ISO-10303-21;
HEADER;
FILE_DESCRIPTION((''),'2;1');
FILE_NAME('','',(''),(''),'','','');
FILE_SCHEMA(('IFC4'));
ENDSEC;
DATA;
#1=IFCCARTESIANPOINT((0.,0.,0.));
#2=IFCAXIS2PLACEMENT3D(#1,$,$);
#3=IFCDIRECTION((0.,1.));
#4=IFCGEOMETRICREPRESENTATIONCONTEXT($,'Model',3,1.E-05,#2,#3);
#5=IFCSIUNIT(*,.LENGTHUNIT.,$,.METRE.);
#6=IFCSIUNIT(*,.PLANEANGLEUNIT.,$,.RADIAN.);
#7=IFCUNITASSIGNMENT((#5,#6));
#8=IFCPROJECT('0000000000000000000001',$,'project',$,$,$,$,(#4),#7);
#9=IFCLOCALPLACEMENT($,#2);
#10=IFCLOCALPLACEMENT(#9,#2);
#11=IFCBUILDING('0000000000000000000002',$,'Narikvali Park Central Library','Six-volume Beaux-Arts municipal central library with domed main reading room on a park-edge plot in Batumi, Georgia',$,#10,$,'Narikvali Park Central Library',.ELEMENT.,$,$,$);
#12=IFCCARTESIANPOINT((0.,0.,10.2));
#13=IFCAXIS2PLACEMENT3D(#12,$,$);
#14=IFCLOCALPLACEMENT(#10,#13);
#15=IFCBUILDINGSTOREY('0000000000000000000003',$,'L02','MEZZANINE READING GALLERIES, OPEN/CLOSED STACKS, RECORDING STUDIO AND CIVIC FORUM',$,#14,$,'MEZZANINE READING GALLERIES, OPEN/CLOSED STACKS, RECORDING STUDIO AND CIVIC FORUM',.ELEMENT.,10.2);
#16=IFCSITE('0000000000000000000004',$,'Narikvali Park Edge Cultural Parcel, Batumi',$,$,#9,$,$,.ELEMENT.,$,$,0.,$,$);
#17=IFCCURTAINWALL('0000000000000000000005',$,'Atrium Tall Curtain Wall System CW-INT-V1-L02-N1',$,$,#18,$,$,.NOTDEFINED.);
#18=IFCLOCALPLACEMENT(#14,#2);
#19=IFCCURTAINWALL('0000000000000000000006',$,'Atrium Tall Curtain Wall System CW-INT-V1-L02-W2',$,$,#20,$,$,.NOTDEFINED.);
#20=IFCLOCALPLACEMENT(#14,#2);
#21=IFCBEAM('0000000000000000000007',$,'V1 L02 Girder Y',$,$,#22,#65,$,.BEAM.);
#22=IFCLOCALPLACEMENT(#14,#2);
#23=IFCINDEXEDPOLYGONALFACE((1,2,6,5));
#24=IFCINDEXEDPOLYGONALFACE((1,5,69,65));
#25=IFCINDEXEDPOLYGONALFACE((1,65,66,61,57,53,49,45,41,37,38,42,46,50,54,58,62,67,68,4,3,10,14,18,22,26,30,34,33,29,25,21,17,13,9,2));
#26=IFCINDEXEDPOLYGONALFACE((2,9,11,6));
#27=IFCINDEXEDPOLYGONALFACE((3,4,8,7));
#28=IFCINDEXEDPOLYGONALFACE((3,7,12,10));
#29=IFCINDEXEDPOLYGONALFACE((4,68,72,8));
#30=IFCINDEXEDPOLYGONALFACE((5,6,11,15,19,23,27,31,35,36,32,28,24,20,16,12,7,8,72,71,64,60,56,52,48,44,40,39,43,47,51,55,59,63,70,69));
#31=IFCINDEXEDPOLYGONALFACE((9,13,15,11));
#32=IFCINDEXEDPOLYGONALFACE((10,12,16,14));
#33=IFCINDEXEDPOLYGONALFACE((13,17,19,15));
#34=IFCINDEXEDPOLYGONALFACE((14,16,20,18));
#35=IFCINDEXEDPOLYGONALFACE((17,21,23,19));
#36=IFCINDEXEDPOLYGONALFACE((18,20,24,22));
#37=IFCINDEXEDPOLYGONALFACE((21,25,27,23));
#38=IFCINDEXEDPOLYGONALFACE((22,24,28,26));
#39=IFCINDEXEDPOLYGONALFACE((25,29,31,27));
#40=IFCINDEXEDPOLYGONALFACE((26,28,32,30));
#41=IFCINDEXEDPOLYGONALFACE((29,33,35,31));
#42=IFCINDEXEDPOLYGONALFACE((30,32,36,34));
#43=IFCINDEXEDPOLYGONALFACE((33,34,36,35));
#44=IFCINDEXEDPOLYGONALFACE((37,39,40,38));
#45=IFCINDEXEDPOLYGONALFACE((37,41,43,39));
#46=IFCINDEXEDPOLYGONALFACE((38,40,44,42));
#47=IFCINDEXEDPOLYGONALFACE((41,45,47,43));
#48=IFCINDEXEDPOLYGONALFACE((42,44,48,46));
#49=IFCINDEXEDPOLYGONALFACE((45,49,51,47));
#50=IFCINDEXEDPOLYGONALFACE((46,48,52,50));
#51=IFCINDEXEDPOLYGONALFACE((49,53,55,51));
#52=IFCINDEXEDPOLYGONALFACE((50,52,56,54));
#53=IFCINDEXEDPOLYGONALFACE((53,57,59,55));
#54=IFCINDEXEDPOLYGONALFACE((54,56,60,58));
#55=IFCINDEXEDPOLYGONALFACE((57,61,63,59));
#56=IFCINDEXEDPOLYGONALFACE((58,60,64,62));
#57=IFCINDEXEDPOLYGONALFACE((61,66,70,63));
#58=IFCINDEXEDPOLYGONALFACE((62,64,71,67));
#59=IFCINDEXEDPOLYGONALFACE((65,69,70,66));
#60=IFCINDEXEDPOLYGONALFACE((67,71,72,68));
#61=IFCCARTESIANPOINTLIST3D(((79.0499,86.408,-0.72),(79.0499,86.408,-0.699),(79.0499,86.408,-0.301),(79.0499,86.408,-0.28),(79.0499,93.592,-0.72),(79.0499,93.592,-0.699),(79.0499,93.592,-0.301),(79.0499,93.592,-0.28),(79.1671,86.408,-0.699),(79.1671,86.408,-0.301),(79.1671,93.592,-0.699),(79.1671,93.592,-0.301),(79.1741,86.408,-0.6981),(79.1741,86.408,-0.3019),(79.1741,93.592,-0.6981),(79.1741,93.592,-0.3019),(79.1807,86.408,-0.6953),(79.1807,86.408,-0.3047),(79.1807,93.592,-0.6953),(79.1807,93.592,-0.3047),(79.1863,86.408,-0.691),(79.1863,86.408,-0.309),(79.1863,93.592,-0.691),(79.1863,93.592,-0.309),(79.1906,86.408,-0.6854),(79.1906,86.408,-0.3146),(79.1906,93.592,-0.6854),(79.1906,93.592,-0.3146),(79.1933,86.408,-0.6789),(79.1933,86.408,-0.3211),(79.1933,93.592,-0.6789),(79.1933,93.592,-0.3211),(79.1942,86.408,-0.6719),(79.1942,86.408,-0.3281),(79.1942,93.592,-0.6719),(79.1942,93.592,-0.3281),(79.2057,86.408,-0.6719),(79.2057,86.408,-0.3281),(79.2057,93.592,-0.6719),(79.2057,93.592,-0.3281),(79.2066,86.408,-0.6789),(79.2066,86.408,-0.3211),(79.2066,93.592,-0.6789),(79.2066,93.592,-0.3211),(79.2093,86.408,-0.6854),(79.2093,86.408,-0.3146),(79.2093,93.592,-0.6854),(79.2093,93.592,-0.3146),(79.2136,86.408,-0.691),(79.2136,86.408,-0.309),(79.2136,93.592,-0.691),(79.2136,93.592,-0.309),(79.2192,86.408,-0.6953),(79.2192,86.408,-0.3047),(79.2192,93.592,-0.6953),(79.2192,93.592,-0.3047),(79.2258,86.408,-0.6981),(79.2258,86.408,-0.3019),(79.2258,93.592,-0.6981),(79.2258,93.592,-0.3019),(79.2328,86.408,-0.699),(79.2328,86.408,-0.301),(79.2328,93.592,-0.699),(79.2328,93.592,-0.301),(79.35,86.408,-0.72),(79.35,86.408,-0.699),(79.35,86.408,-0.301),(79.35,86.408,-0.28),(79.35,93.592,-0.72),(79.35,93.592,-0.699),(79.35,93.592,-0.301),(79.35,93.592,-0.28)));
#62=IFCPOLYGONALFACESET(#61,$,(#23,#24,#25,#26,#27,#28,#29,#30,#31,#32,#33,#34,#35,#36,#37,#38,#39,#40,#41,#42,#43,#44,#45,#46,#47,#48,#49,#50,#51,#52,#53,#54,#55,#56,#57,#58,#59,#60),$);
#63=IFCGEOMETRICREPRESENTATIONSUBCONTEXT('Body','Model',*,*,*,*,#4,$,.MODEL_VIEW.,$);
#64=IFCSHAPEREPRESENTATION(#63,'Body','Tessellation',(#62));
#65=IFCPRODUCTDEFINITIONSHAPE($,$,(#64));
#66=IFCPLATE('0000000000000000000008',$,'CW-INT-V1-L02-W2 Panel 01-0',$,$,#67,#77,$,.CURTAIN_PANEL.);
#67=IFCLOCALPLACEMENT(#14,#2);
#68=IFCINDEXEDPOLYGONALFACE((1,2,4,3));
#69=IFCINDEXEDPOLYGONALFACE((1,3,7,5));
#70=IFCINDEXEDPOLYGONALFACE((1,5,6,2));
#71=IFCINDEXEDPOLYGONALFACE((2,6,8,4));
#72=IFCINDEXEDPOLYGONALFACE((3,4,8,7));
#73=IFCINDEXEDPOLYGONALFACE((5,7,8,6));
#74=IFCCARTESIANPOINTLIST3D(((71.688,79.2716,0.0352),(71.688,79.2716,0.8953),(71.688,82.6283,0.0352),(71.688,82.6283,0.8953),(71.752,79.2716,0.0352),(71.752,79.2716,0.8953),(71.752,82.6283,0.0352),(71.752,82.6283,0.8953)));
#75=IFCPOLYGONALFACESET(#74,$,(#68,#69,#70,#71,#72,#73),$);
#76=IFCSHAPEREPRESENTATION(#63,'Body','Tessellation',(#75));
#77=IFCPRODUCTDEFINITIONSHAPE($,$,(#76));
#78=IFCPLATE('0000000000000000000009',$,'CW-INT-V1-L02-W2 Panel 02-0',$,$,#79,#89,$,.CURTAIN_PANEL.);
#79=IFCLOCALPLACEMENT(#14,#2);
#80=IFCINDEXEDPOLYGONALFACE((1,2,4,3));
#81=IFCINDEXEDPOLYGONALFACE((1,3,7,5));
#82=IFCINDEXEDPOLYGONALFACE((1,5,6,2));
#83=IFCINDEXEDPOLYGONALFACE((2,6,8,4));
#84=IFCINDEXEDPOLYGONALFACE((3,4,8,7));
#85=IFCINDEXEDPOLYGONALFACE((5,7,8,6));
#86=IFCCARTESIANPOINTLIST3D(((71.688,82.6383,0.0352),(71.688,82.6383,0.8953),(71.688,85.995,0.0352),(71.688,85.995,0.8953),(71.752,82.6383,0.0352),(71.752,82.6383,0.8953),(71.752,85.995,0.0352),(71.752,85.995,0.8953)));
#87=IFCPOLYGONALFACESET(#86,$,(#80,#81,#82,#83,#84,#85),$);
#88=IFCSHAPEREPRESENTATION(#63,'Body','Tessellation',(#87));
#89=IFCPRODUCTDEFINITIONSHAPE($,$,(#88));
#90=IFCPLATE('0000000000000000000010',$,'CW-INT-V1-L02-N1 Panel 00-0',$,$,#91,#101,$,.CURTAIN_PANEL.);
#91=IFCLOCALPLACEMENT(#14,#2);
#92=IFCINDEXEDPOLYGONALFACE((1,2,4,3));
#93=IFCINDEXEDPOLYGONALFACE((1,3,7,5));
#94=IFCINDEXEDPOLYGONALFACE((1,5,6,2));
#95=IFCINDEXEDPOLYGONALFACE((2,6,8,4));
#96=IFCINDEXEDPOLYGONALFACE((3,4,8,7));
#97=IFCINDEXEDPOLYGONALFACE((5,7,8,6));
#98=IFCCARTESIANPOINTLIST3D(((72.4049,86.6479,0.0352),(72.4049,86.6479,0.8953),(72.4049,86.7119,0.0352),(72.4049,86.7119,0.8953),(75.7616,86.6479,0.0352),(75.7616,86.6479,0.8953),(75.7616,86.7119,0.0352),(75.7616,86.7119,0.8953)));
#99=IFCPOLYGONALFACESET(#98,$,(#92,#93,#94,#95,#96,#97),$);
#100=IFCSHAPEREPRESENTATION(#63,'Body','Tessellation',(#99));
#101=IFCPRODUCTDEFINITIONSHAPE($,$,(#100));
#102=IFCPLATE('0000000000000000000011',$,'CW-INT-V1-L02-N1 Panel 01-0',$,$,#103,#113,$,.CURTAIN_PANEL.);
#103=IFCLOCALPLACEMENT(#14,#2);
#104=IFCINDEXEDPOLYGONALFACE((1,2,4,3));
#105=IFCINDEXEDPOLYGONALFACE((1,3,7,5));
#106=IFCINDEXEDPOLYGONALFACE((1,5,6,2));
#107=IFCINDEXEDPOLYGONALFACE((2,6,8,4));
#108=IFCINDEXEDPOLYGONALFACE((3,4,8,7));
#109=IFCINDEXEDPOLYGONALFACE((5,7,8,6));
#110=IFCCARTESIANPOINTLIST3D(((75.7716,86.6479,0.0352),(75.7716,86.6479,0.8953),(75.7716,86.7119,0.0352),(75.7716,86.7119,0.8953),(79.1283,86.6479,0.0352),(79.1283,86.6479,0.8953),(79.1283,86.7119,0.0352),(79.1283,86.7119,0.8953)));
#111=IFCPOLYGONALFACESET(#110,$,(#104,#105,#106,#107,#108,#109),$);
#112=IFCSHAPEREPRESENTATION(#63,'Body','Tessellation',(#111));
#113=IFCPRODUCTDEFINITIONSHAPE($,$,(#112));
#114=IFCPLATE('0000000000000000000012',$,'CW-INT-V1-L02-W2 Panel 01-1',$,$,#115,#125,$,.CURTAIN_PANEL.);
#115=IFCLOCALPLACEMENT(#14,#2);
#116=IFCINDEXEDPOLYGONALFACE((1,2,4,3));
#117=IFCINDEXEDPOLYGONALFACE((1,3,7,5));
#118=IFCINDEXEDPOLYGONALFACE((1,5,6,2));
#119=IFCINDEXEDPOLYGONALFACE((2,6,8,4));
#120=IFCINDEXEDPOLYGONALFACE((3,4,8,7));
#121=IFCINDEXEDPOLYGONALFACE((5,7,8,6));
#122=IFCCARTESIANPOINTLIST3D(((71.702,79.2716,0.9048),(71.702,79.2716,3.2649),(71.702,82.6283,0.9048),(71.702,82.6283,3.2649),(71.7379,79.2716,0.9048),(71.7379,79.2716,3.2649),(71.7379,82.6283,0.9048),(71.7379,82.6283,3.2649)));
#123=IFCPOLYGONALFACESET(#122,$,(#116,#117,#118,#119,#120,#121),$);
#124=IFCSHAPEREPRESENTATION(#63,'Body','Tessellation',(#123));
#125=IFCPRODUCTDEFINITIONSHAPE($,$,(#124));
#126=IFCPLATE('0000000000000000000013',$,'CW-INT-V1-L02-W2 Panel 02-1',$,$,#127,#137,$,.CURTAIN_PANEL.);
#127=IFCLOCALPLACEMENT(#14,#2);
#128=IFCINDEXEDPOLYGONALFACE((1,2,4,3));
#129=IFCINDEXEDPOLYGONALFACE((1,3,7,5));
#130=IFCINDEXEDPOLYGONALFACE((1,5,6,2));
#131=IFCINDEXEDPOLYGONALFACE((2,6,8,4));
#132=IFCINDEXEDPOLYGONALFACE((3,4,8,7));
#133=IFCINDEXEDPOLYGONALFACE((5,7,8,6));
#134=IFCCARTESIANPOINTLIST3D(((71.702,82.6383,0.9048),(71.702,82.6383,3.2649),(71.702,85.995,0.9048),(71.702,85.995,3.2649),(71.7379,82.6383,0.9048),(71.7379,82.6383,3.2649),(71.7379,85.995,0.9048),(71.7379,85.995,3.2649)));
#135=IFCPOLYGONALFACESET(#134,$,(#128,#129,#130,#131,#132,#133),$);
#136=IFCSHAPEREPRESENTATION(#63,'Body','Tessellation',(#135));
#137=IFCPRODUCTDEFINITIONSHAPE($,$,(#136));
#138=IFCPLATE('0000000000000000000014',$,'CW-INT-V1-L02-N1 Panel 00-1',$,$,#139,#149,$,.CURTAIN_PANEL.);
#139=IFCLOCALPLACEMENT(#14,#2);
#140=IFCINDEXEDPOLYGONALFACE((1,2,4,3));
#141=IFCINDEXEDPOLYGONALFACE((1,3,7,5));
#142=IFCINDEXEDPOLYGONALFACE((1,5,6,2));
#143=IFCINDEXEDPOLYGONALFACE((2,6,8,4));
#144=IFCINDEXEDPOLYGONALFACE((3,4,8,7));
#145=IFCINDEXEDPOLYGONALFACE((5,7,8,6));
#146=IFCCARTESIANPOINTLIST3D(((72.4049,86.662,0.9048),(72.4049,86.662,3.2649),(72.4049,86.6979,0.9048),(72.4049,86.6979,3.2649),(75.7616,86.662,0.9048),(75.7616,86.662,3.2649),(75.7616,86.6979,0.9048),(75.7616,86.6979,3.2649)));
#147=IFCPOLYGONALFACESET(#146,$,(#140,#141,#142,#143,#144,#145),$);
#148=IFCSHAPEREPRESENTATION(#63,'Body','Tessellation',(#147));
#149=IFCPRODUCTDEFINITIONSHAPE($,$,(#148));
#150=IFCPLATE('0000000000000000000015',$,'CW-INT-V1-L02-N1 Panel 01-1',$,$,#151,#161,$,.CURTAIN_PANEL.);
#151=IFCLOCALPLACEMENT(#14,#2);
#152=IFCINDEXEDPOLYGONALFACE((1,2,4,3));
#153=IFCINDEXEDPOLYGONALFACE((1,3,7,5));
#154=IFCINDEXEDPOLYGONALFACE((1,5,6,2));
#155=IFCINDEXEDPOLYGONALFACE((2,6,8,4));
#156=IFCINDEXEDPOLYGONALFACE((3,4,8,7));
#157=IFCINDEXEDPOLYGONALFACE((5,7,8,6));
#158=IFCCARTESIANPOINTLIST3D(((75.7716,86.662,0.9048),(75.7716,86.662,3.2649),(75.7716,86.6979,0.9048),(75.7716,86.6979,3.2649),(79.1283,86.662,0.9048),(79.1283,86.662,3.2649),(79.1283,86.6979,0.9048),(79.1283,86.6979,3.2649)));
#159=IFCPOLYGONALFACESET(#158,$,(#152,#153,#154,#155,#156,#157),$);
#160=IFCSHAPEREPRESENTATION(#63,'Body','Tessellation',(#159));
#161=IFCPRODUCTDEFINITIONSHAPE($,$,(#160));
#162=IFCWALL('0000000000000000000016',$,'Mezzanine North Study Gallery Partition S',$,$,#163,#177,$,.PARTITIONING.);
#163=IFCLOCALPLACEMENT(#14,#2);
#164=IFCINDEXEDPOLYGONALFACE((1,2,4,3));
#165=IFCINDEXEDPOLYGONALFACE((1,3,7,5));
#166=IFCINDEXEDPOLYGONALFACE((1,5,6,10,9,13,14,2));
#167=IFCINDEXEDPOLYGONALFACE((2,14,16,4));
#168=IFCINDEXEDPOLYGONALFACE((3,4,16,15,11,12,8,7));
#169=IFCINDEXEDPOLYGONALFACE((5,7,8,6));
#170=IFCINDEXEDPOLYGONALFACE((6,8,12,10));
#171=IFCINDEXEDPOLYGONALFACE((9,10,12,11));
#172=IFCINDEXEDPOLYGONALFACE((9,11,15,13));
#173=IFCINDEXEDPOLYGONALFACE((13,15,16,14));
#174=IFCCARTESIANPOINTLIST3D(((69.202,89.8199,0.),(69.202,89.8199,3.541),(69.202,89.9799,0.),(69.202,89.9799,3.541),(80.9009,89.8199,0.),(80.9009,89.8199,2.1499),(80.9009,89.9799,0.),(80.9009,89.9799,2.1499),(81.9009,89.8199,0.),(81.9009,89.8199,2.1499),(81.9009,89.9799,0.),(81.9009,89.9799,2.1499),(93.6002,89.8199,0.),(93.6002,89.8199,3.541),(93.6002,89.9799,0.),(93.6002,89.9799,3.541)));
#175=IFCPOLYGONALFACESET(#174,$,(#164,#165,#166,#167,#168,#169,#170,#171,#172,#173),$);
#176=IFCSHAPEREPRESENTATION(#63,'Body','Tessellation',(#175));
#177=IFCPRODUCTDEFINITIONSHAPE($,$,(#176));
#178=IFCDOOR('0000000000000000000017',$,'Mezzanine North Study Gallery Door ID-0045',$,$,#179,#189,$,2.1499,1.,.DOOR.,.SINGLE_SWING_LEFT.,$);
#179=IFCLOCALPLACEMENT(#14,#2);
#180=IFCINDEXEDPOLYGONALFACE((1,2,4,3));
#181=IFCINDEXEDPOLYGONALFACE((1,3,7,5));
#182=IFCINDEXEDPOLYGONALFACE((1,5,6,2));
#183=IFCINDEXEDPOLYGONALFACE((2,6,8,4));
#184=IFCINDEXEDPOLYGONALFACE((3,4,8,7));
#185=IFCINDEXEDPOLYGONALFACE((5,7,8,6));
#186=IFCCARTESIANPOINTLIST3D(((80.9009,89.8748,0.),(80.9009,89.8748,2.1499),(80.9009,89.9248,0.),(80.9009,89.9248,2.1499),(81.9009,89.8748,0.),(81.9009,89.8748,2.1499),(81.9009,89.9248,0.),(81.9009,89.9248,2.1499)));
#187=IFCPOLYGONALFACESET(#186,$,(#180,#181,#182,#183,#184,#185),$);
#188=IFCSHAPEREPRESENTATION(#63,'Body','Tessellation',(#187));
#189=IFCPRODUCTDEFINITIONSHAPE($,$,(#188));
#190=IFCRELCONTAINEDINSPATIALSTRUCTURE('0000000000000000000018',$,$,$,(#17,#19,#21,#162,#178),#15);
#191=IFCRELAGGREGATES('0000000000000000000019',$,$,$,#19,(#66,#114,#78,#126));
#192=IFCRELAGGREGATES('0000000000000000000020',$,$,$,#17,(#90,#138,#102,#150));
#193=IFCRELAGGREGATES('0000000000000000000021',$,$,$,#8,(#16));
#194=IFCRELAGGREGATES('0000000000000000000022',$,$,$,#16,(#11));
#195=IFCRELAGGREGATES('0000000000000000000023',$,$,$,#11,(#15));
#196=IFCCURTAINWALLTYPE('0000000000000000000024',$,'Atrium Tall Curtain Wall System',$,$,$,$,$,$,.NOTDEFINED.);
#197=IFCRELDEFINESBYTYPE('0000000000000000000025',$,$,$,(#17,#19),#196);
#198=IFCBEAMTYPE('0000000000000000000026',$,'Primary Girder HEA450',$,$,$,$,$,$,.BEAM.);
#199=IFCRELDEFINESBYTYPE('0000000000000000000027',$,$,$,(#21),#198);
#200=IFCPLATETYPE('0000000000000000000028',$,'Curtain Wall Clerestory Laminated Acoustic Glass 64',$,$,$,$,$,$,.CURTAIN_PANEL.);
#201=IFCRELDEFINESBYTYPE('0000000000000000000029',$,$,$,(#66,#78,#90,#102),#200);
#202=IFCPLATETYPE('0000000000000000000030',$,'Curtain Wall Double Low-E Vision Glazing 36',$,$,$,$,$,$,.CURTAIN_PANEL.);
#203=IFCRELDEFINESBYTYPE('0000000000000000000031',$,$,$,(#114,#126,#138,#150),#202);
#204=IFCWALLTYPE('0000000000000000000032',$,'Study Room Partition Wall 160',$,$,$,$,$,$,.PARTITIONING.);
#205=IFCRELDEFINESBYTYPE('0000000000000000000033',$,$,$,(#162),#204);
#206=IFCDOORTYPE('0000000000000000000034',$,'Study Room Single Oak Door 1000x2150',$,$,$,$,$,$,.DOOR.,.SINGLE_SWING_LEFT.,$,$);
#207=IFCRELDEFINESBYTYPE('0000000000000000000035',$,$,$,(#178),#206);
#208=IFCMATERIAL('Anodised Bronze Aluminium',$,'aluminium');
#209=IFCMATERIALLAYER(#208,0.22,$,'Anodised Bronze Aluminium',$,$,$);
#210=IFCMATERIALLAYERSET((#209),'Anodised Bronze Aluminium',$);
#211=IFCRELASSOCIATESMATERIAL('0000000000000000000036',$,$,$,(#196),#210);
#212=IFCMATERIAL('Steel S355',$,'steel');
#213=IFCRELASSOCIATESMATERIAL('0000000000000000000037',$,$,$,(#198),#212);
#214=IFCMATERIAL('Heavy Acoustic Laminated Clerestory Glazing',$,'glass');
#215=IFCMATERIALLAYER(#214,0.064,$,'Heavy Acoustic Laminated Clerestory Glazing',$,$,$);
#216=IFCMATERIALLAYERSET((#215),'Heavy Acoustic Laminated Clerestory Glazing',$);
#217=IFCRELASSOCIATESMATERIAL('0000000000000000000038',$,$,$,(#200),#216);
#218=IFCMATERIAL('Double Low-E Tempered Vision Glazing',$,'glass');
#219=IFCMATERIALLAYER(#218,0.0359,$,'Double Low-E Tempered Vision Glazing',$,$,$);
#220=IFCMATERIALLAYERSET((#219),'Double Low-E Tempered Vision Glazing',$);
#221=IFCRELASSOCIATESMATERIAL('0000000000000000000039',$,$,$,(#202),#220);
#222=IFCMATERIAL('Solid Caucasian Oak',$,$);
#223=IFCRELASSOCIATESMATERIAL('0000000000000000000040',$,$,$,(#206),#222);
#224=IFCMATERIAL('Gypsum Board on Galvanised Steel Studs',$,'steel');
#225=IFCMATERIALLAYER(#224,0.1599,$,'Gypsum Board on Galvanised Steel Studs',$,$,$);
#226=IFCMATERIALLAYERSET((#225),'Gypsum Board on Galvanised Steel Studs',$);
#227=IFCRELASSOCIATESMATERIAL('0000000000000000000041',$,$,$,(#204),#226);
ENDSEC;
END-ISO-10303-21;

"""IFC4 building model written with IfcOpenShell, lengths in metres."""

from ifc_helpers import new_model, si_unit, direction, frame, frame_2d, origin, origin_2d, place, context, subcontext, project, spatial, rectangle, i_section, extrude, material, layer, layer_set, material_profile, profile_set, type_object, element, fill, aggregate, save


model = new_model("IFC4")

# Units and contexts
model_context = context("Model", 3, precision=1e-05, world=origin(), true_north=direction((0.0, 1.0)))
body_context = subcontext(model_context, "Body", "Model", "MODEL_VIEW")
ifc_project = project(units=[si_unit("LENGTHUNIT", "METRE"), si_unit("PLANEANGLEUNIT", "RADIAN")], contexts=[model_context])

# Site, building, storey
site_placement = place(None, origin())
site = spatial("IfcSite", under=ifc_project, at=site_placement, Name="Narikvali Park Edge Cultural Parcel, Batumi", CompositionType="ELEMENT", RefElevation=0.0)
building_placement = place(site_placement, origin())
building = spatial("IfcBuilding", under=site, at=building_placement, Name="Narikvali Park Central Library", Description="Six-volume Beaux-Arts municipal central library with domed main reading room on a park-edge plot in Batumi, Georgia", LongName="Narikvali Park Central Library", CompositionType="ELEMENT")
storey_placement = place(building_placement, frame((0.0, 0.0, 10.2)))
storey = spatial("IfcBuildingStorey", under=building, at=storey_placement, Name="L02", Description="MEZZANINE READING GALLERIES, OPEN/CLOSED STACKS, RECORDING STUDIO AND CIVIC FORUM", LongName="MEZZANINE READING GALLERIES, OPEN/CLOSED STACKS, RECORDING STUDIO AND CIVIC FORUM", CompositionType="ELEMENT", Elevation=10.2)

# Shared definitions
ifc_material_1 = material(Name="Steel S355", Category="steel")

# Curtain walls
ifc_material_2 = material(Name="Anodised Bronze Aluminium", Category="aluminium")
ifc_layer_1 = layer(ifc_material_2, 0.22, Name="Anodised Bronze Aluminium")
ifc_layer_set_1 = layer_set([ifc_layer_1], Name="Anodised Bronze Aluminium")
curtain_wall_type = type_object("IfcCurtainWallType", Name="Atrium Tall Curtain Wall System", PredefinedType="NOTDEFINED", material=ifc_layer_set_1)
curtain_wall_1_placement = place(storey_placement, origin())
curtain_wall_1 = element("IfcCurtainWall", 1, at=curtain_wall_1_placement, inside=storey, type_object=curtain_wall_type, Name="Atrium Tall Curtain Wall System CW-INT-V1-L02-N1", PredefinedType="NOTDEFINED")
curtain_wall_2_placement = place(storey_placement, origin())
curtain_wall_2 = element("IfcCurtainWall", 2, at=curtain_wall_2_placement, inside=storey, type_object=curtain_wall_type, Name="Atrium Tall Curtain Wall System CW-INT-V1-L02-W2", PredefinedType="NOTDEFINED")

# Beam
ifc_material_profile_1 = material_profile(ifc_material_1, i_section(OverallWidth=0.3, OverallDepth=0.4399, WebThickness=0.0115, FlangeThickness=0.021, FilletRadius=0.0271, at=origin_2d()), Name="HEA 450")
ifc_profile_set_1 = profile_set([ifc_material_profile_1], Name="Steel S355")
beam_type_1 = type_object("IfcBeamType", Name="Primary Girder HEA450", PredefinedType="BEAM", material=ifc_profile_set_1)
for number, where, z_axis, x_axis, name in (
    (3, (79.2, 86.408, -0.5), (0.0, 1.0, 0.0), (-1.0, 0.0, 0.0), "V1 L02 Girder Y"),
):
    element("IfcBeam", number, at=place(storey_placement, frame(where, z_axis=z_axis, x_axis=x_axis)), inside=storey, type_object=beam_type_1, Name=name, PredefinedType="BEAM", context=body_context, shape_type="SweptSolid", body=[
        extrude(i_section(OverallWidth=0.3, OverallDepth=0.4399, WebThickness=0.0115, FlangeThickness=0.021, FilletRadius=0.0271, at=origin_2d()), origin(), (0.0, 0.0, 1.0), 7.1841),
    ])

# Plates
ifc_material_3 = material(Name="Heavy Acoustic Laminated Clerestory Glazing", Category="glass")
ifc_layer_2 = layer(ifc_material_3, 0.064, Name="Heavy Acoustic Laminated Clerestory Glazing")
ifc_layer_set_2 = layer_set([ifc_layer_2], Name="Heavy Acoustic Laminated Clerestory Glazing")
plate_type_1 = type_object("IfcPlateType", Name="Curtain Wall Clerestory Laminated Acoustic Glass 64", PredefinedType="CURTAIN_PANEL", material=ifc_layer_set_2)
plate_1_placement = place(storey_placement, frame((71.72, 80.95, 0.0352), z_axis=(0.0, 0.0, 1.0), x_axis=(0.0, 1.0, 0.0)))
plate_1 = element("IfcPlate", 4, at=plate_1_placement, type_object=plate_type_1, Name="CW-INT-V1-L02-W2 Panel 01-0", PredefinedType="CURTAIN_PANEL", context=body_context, shape_type="SweptSolid", body=[
    extrude(rectangle(XDim=3.3567, YDim=0.064, at=origin_2d()), origin(), (0.0, 0.0, 1.0), 0.8601),
])
plate_2_placement = place(storey_placement, frame((71.72, 84.3167, 0.0352), z_axis=(0.0, 0.0, 1.0), x_axis=(0.0, 1.0, 0.0)))
plate_2 = element("IfcPlate", 5, at=plate_2_placement, type_object=plate_type_1, Name="CW-INT-V1-L02-W2 Panel 02-0", PredefinedType="CURTAIN_PANEL", context=body_context, shape_type="SweptSolid", body=[
    extrude(rectangle(XDim=3.3567, YDim=0.064, at=origin_2d()), origin(), (0.0, 0.0, 1.0), 0.8601),
])
plate_3_placement = place(storey_placement, frame((74.0833, 86.6799, 0.0352), z_axis=(0.0, 0.0, 1.0), x_axis=(1.0, 0.0, 0.0)))
plate_3 = element("IfcPlate", 6, at=plate_3_placement, type_object=plate_type_1, Name="CW-INT-V1-L02-N1 Panel 00-0", PredefinedType="CURTAIN_PANEL", context=body_context, shape_type="SweptSolid", body=[
    extrude(rectangle(XDim=3.3567, YDim=0.064, at=origin_2d()), origin(), (0.0, 0.0, 1.0), 0.8601),
])
plate_4_placement = place(storey_placement, frame((77.45, 86.6799, 0.0352), z_axis=(0.0, 0.0, 1.0), x_axis=(1.0, 0.0, 0.0)))
plate_4 = element("IfcPlate", 7, at=plate_4_placement, type_object=plate_type_1, Name="CW-INT-V1-L02-N1 Panel 01-0", PredefinedType="CURTAIN_PANEL", context=body_context, shape_type="SweptSolid", body=[
    extrude(rectangle(XDim=3.3567, YDim=0.064, at=origin_2d()), origin(), (0.0, 0.0, 1.0), 0.8601),
])
ifc_material_4 = material(Name="Double Low-E Tempered Vision Glazing", Category="glass")
ifc_layer_3 = layer(ifc_material_4, 0.0359, Name="Double Low-E Tempered Vision Glazing")
ifc_layer_set_3 = layer_set([ifc_layer_3], Name="Double Low-E Tempered Vision Glazing")
plate_type_2 = type_object("IfcPlateType", Name="Curtain Wall Double Low-E Vision Glazing 36", PredefinedType="CURTAIN_PANEL", material=ifc_layer_set_3)
plate_5_placement = place(storey_placement, frame((71.72, 80.95, 0.9048), z_axis=(0.0, 0.0, 1.0), x_axis=(0.0, 1.0, 0.0)))
plate_5 = element("IfcPlate", 8, at=plate_5_placement, type_object=plate_type_2, Name="CW-INT-V1-L02-W2 Panel 01-1", PredefinedType="CURTAIN_PANEL", context=body_context, shape_type="SweptSolid", body=[
    extrude(rectangle(XDim=3.3567, YDim=0.0359, at=origin_2d()), origin(), (0.0, 0.0, 1.0), 2.3601),
])
plate_6_placement = place(storey_placement, frame((71.72, 84.3167, 0.9048), z_axis=(0.0, 0.0, 1.0), x_axis=(0.0, 1.0, 0.0)))
plate_6 = element("IfcPlate", 9, at=plate_6_placement, type_object=plate_type_2, Name="CW-INT-V1-L02-W2 Panel 02-1", PredefinedType="CURTAIN_PANEL", context=body_context, shape_type="SweptSolid", body=[
    extrude(rectangle(XDim=3.3567, YDim=0.0359, at=origin_2d()), origin(), (0.0, 0.0, 1.0), 2.3601),
])
aggregate(curtain_wall_2, [plate_1, plate_5, plate_2, plate_6])
plate_7_placement = place(storey_placement, frame((74.0833, 86.6799, 0.9048), z_axis=(0.0, 0.0, 1.0), x_axis=(1.0, 0.0, 0.0)))
plate_7 = element("IfcPlate", 10, at=plate_7_placement, type_object=plate_type_2, Name="CW-INT-V1-L02-N1 Panel 00-1", PredefinedType="CURTAIN_PANEL", context=body_context, shape_type="SweptSolid", body=[
    extrude(rectangle(XDim=3.3567, YDim=0.0359, at=origin_2d()), origin(), (0.0, 0.0, 1.0), 2.3601),
])
plate_8_placement = place(storey_placement, frame((77.45, 86.6799, 0.9048), z_axis=(0.0, 0.0, 1.0), x_axis=(1.0, 0.0, 0.0)))
plate_8 = element("IfcPlate", 11, at=plate_8_placement, type_object=plate_type_2, Name="CW-INT-V1-L02-N1 Panel 01-1", PredefinedType="CURTAIN_PANEL", context=body_context, shape_type="SweptSolid", body=[
    extrude(rectangle(XDim=3.3567, YDim=0.0359, at=origin_2d()), origin(), (0.0, 0.0, 1.0), 2.3601),
])
aggregate(curtain_wall_1, [plate_3, plate_7, plate_4, plate_8])

# Wall, opening, door
ifc_material_5 = material(Name="Solid Caucasian Oak")
door_type = type_object("IfcDoorType", Name="Study Room Single Oak Door 1000x2150", OperationType="SINGLE_SWING_LEFT", PredefinedType="DOOR", material=ifc_material_5)
ifc_material_6 = material(Name="Gypsum Board on Galvanised Steel Studs", Category="steel")
ifc_layer_4 = layer(ifc_material_6, 0.1599, Name="Gypsum Board on Galvanised Steel Studs")
ifc_layer_set_4 = layer_set([ifc_layer_4], Name="Gypsum Board on Galvanised Steel Studs")
wall_type_1 = type_object("IfcWallType", Name="Study Room Partition Wall 160", PredefinedType="PARTITIONING", material=ifc_layer_set_4)
wall_1_placement = place(storey_placement, frame((69.2019, 89.8999, 0.0), z_axis=(0.0, 0.0, 1.0), x_axis=(1.0, 0.0, 0.0)))
wall_1 = element("IfcWall", 12, at=wall_1_placement, inside=storey, type_object=wall_type_1, Name="Mezzanine North Study Gallery Partition S", PredefinedType="PARTITIONING", context=body_context, shape_type="SweptSolid", body=[
    extrude(rectangle(XDim=24.3982, YDim=0.1599, at=frame_2d((12.1992, 0.0))), origin(), (0.0, 0.0, 1.0), 3.541),
])
opening_1_placement = place(wall_1_placement, frame((11.699, 0.0, 0.0)))
opening_1 = element("IfcOpeningElement", 13, at=opening_1_placement, cuts=wall_1, PredefinedType="OPENING", context=body_context, shape_type="SweptSolid", body=[
    extrude(rectangle(XDim=1.0, YDim=2.1499, at=frame_2d((0.5, 1.075))), frame((0.0, 0.0918, 0.0), z_axis=(0.0, -1.0, 0.0), x_axis=(1.0, 0.0, 0.0)), (0.0, 0.0, 1.0), 0.1838),
])
door_1_placement = place(opening_1_placement, origin())
door_1 = element("IfcDoor", 14, at=door_1_placement, inside=storey, type_object=door_type, Name="Mezzanine North Study Gallery Door ID-0045", OperationType="SINGLE_SWING_LEFT", OverallHeight=2.1499, OverallWidth=1.0, PredefinedType="DOOR", context=body_context, shape_type="SweptSolid", body=[
    extrude(rectangle(XDim=1.0, YDim=2.1499, at=frame_2d((0.5, 1.075))), frame((0.0, 0.0249, 0.0), z_axis=(0.0, -1.0, 0.0), x_axis=(1.0, 0.0, 0.0)), (0.0, 0.0, 1.0), 0.05),
])
fill(opening_1, door_1)

save(model, "model.ifc")
